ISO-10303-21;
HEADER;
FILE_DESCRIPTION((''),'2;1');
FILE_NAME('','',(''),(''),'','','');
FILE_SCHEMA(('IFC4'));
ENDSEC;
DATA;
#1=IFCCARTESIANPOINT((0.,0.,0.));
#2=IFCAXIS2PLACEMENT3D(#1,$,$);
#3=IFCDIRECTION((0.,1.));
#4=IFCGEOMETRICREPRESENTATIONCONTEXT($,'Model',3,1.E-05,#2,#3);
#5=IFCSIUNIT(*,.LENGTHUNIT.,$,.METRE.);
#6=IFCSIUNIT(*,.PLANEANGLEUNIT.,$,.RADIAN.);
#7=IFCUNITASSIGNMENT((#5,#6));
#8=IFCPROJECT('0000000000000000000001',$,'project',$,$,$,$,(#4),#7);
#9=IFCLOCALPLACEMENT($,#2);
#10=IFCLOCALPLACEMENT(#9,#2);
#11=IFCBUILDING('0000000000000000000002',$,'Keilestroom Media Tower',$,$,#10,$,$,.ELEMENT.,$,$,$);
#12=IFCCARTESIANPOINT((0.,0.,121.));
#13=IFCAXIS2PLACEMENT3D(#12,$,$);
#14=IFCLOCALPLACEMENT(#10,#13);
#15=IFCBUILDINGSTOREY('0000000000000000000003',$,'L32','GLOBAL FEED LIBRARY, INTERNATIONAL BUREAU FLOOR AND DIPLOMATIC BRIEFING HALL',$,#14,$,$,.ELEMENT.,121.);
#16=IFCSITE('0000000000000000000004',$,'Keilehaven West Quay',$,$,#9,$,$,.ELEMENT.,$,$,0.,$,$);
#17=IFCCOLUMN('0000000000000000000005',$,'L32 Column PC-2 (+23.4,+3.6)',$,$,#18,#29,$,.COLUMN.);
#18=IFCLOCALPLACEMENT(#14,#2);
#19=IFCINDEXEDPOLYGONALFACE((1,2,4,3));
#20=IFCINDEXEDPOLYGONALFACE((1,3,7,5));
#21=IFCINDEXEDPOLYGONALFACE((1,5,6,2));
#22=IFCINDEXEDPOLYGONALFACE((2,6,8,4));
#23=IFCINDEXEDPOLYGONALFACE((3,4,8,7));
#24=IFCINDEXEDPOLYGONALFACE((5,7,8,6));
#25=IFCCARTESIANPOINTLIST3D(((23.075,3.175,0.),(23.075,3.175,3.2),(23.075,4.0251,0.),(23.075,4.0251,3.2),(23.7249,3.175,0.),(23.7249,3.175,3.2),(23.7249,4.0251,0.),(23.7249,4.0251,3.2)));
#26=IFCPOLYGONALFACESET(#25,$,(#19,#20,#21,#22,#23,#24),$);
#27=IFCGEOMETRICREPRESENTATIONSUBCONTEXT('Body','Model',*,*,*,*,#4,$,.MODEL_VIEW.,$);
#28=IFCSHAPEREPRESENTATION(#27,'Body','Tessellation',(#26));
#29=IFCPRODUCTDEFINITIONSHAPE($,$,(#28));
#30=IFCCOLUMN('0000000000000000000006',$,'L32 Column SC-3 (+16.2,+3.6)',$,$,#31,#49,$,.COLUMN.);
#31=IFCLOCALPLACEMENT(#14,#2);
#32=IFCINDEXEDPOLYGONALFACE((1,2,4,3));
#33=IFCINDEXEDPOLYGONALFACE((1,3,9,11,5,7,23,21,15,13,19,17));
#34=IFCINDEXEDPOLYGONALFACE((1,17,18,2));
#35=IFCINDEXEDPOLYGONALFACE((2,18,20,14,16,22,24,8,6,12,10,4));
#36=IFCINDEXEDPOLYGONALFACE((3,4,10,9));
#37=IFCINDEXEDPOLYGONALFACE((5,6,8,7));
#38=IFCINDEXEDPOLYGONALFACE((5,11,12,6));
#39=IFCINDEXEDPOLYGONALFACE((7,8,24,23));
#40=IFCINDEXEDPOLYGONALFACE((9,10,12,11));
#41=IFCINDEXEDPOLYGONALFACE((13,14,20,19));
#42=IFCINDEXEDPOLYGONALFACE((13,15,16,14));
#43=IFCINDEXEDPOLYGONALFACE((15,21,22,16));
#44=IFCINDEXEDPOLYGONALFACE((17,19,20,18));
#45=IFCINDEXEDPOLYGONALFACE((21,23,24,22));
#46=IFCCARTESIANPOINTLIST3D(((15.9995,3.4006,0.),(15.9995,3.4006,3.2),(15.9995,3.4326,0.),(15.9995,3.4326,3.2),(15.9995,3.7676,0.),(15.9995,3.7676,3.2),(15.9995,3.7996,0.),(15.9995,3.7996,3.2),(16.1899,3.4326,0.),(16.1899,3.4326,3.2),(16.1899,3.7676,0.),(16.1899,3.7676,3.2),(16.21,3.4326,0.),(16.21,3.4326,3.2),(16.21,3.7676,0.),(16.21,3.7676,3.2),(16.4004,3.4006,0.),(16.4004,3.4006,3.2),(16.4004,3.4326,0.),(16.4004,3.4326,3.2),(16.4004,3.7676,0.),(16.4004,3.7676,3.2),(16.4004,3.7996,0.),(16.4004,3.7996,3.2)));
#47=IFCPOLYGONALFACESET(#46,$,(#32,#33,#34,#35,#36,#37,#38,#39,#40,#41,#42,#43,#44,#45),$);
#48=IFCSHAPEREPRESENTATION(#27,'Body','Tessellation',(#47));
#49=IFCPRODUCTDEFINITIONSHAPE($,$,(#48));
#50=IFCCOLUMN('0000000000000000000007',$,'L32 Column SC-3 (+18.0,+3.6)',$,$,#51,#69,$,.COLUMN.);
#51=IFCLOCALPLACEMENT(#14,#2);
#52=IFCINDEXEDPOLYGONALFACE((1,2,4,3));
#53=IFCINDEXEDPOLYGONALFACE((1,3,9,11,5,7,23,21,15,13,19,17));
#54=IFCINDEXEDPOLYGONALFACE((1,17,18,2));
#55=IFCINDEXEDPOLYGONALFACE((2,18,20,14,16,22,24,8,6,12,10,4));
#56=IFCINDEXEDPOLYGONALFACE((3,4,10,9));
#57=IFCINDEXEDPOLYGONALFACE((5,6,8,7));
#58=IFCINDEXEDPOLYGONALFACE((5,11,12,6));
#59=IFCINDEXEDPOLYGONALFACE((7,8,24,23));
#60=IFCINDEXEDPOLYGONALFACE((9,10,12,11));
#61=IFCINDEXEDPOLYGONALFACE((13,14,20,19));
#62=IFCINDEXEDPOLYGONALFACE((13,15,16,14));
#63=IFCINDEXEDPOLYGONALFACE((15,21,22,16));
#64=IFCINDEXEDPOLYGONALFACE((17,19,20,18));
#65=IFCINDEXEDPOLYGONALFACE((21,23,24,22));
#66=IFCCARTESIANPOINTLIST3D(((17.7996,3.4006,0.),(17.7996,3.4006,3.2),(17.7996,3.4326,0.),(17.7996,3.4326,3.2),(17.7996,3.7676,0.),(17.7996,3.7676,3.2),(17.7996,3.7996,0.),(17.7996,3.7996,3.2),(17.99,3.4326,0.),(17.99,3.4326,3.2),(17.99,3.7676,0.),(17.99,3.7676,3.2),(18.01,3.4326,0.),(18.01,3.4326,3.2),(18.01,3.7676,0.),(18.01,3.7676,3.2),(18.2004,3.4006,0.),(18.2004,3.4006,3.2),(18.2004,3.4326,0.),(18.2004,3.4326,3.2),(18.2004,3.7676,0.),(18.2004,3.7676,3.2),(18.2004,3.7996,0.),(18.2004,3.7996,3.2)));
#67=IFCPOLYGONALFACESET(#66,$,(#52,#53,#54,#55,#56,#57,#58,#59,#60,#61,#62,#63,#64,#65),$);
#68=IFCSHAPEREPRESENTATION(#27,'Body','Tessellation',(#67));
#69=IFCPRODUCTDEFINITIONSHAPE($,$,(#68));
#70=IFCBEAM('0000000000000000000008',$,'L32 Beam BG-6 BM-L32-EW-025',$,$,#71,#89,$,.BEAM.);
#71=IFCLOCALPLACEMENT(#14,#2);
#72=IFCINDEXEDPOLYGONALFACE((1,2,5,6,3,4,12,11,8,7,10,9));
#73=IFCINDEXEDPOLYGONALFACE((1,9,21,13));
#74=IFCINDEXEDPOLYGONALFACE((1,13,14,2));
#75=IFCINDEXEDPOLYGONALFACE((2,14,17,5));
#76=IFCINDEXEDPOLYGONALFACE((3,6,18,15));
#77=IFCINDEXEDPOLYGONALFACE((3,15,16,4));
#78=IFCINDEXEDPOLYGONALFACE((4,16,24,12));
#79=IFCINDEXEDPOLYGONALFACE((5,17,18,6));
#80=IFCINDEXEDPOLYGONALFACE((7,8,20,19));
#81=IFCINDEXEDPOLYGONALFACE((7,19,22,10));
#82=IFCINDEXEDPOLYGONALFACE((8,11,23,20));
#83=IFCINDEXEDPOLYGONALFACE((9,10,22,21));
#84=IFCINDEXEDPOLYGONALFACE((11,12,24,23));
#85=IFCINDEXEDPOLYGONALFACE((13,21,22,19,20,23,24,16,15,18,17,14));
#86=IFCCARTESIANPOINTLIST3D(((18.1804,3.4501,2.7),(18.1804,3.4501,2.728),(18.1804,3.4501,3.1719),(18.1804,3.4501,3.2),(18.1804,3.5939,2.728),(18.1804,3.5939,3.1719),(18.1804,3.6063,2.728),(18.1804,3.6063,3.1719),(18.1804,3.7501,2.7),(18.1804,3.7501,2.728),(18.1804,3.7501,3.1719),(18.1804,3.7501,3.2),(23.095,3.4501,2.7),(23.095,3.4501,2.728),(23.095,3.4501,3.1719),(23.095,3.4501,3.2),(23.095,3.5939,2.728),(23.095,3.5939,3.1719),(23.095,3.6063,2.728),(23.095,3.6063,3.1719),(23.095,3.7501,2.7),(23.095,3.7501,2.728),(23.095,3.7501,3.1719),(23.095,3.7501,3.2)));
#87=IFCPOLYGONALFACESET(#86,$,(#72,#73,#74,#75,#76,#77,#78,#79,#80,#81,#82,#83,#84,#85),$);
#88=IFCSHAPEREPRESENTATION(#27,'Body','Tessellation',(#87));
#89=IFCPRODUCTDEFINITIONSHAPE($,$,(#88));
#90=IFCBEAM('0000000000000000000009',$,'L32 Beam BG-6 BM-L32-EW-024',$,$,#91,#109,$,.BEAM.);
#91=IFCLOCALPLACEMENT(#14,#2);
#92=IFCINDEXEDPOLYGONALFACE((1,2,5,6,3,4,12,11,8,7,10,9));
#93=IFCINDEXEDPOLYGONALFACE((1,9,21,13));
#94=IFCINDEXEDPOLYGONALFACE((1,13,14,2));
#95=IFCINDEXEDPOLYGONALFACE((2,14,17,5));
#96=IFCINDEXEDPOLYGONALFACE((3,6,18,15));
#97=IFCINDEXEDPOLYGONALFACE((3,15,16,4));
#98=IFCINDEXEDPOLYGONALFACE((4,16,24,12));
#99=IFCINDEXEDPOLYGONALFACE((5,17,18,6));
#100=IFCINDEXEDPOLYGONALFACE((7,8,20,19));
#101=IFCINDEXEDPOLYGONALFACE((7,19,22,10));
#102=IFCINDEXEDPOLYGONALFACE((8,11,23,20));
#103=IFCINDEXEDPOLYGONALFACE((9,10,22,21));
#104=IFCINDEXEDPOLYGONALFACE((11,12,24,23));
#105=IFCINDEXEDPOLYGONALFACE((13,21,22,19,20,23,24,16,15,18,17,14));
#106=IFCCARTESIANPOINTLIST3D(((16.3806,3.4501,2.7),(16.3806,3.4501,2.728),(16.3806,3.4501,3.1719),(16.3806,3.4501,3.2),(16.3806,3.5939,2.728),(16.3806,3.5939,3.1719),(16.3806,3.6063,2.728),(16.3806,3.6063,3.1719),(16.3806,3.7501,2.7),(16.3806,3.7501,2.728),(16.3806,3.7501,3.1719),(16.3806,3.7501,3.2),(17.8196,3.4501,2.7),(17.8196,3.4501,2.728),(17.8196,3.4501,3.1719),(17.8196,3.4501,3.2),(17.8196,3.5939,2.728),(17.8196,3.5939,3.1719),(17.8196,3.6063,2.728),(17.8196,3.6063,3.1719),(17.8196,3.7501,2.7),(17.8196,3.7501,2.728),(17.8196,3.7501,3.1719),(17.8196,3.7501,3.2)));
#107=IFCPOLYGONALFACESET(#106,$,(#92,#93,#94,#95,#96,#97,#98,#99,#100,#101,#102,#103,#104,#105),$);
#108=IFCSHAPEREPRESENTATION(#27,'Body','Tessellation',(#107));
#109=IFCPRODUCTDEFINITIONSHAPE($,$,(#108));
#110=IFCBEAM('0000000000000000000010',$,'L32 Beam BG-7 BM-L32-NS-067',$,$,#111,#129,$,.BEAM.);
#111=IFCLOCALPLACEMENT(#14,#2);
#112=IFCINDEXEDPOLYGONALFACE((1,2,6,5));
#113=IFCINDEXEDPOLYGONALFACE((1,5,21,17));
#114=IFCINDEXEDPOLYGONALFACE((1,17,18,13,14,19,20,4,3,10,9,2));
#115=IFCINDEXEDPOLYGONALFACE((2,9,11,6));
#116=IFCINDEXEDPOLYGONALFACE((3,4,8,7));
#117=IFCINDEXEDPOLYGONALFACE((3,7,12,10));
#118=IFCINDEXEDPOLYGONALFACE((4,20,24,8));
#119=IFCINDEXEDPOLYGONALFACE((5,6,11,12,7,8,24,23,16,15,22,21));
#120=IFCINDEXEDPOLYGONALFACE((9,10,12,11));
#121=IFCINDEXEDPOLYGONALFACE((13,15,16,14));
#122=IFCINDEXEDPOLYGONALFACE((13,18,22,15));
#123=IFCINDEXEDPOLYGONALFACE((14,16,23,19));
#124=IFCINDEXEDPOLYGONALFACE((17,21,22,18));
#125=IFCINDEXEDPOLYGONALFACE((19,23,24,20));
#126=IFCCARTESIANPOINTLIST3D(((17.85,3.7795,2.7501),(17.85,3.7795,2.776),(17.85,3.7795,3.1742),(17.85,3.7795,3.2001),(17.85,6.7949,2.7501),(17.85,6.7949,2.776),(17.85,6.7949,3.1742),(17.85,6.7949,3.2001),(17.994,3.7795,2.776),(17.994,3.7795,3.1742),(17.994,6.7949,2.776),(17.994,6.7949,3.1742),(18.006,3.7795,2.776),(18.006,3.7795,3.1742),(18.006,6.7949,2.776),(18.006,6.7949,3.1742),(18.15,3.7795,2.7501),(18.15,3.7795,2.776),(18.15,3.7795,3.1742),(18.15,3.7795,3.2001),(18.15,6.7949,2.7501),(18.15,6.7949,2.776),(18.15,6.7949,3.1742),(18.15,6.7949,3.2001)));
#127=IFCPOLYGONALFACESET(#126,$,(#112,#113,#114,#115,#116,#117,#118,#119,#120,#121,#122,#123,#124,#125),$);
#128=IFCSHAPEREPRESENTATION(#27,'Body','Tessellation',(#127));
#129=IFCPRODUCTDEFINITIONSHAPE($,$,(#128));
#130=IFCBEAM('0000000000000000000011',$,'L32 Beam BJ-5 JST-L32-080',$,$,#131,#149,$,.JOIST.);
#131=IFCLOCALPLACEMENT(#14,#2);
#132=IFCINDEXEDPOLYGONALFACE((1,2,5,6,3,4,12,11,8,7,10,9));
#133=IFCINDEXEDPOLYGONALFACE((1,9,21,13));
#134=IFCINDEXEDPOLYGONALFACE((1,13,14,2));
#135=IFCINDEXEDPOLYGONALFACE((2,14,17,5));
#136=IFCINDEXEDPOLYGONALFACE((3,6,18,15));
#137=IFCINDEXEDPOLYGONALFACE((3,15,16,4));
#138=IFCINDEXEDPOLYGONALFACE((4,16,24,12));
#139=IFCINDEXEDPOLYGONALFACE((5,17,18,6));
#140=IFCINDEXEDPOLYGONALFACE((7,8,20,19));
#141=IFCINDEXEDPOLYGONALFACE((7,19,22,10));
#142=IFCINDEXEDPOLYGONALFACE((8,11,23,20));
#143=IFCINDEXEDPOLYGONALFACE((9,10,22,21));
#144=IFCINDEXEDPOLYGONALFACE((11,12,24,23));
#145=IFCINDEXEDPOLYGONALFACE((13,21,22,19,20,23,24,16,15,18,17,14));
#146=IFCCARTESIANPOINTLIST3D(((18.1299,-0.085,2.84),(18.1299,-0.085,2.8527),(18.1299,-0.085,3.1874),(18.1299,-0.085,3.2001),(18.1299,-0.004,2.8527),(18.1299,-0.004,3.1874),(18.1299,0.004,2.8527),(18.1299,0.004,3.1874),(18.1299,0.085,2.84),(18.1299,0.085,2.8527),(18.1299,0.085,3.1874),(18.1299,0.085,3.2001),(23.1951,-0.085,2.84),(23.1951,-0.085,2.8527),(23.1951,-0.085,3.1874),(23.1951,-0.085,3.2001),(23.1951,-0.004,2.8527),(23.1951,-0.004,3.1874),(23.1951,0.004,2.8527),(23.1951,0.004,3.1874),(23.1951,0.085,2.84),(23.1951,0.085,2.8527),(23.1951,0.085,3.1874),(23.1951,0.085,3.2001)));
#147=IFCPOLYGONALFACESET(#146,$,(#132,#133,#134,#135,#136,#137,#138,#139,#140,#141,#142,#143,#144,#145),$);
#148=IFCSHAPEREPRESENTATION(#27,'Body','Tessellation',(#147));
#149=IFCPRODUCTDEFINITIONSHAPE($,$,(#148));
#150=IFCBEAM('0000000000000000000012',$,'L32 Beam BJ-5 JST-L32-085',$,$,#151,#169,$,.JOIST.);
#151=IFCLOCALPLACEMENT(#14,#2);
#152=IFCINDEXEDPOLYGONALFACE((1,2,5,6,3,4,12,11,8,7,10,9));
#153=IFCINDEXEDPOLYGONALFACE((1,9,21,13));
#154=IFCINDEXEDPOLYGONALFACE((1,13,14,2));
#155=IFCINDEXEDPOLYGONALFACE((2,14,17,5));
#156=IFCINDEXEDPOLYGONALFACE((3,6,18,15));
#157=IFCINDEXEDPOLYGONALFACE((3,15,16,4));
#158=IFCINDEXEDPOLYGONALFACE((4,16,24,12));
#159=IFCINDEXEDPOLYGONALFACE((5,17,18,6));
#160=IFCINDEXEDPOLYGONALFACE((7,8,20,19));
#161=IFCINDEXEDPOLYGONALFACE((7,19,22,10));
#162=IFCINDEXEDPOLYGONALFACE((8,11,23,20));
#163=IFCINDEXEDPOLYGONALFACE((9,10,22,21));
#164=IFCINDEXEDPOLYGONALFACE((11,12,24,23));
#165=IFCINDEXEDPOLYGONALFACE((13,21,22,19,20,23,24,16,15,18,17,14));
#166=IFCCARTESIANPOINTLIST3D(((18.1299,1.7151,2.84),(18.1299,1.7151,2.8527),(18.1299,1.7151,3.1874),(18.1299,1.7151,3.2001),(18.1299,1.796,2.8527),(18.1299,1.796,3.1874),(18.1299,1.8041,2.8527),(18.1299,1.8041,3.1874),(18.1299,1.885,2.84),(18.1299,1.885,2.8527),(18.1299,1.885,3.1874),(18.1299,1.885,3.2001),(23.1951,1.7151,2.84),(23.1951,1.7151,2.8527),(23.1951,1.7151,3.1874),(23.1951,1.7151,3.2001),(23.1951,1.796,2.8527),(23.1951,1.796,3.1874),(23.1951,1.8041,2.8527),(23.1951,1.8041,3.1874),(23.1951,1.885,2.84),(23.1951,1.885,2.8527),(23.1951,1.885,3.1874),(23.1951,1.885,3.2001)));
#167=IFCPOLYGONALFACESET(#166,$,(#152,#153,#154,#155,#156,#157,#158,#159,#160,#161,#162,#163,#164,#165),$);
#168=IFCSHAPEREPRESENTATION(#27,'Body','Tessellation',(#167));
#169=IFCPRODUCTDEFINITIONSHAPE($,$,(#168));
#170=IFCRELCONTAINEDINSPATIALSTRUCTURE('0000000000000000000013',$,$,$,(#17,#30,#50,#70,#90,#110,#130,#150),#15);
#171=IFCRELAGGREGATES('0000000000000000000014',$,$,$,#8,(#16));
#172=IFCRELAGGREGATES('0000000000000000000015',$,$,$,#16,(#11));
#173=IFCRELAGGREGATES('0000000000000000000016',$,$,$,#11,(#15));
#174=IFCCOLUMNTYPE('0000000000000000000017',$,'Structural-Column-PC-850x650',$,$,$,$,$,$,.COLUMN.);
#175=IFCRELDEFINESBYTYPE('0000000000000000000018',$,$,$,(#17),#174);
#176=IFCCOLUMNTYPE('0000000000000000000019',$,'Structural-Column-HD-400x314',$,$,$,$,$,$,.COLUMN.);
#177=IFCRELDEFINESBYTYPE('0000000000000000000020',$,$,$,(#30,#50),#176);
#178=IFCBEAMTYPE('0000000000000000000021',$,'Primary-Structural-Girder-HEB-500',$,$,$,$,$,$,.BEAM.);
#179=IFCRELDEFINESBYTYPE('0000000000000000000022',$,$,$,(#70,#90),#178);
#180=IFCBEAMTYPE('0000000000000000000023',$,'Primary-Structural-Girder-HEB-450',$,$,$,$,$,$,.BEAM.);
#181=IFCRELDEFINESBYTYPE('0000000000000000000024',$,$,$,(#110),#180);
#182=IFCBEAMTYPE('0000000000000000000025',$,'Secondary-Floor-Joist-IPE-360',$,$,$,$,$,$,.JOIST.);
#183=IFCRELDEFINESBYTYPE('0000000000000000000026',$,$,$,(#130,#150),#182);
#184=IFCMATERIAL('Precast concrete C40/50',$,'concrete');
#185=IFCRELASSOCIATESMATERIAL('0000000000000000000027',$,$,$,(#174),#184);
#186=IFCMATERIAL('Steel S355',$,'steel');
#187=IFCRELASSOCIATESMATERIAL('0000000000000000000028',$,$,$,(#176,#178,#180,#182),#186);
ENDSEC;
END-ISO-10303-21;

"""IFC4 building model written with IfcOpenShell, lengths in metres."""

from ifc_helpers import new_model, si_unit, direction, frame, origin, origin_2d, place, context, subcontext, project, spatial, rectangle, i_section, extrude, source, transform, mapped, material, material_profile, profile_set, type_object, element, save


model = new_model("IFC4")

# Units and contexts
model_context = context("Model", 3, precision=1e-05, world=origin(), true_north=direction((0.0, 1.0)))
body_context = subcontext(model_context, "Body", "Model", "MODEL_VIEW")
ifc_project = project(units=[si_unit("LENGTHUNIT", "METRE"), si_unit("PLANEANGLEUNIT", "RADIAN")], contexts=[model_context])

# Site, building, storey
site_placement = place(None, origin())
site = spatial("IfcSite", under=ifc_project, at=site_placement, Name="Keilehaven West Quay", CompositionType="ELEMENT", RefElevation=0.0)
building_placement = place(site_placement, origin())
building = spatial("IfcBuilding", under=site, at=building_placement, Name="Keilestroom Media Tower", CompositionType="ELEMENT")
storey_placement = place(building_placement, frame((0.0, 0.0, 121.0)))
storey = spatial("IfcBuildingStorey", under=building, at=storey_placement, Name="L32", Description="GLOBAL FEED LIBRARY, INTERNATIONAL BUREAU FLOOR AND DIPLOMATIC BRIEFING HALL", CompositionType="ELEMENT", Elevation=121.0)

# Columns
ifc_material_1 = material(Name="Precast concrete C40/50", Category="concrete")
ifc_material_profile_1 = material_profile(ifc_material_1, rectangle(XDim=0.6499, YDim=0.8501, at=origin_2d()), Name="PC 850x650")
ifc_profile_set_1 = profile_set([ifc_material_profile_1], Name="Precast concrete C40/50")
column_type_1 = type_object("IfcColumnType", Name="Structural-Column-PC-850x650", PredefinedType="COLUMN", material=ifc_profile_set_1)
shared_shape_1 = source(origin(), body_context, "Body", "SweptSolid", [
    extrude(rectangle(XDim=0.6499, YDim=0.8501, at=origin_2d()), origin(), (0.0, 0.0, 1.0), 3.2),
])
column_placement = place(storey_placement, frame((23.3999, 3.6001, 0.0), z_axis=(0.0, 0.0, 1.0), x_axis=(1.0, 0.0, 0.0)))
element("IfcColumn", 1, at=column_placement, inside=storey, type_object=column_type_1, Name="L32 Column PC-2 (+23.4,+3.6)", PredefinedType="COLUMN", context=body_context, shape_type="MappedRepresentation", body=[
    mapped(shared_shape_1, transform((0.0, 0.0, 0.0), x_axis=(1.0, 0.0, 0.0), y_axis=(0.0, 1.0, 0.0), z_axis=(0.0, 0.0, 1.0), scale=1.0)),
])
ifc_material_2 = material(Name="Steel S355", Category="steel")
ifc_material_profile_2 = material_profile(ifc_material_2, i_section(OverallWidth=0.4009, OverallDepth=0.3989, WebThickness=0.02, FlangeThickness=0.032, at=origin_2d()), Name="HD 400x314")
ifc_profile_set_2 = profile_set([ifc_material_profile_2], Name="Steel S355")
column_type_2 = type_object("IfcColumnType", Name="Structural-Column-HD-400x314", PredefinedType="COLUMN", material=ifc_profile_set_2)
shared_shape_2 = source(origin(), body_context, "Body", "SweptSolid", [
    extrude(i_section(OverallWidth=0.4009, OverallDepth=0.3989, WebThickness=0.02, FlangeThickness=0.032, at=origin_2d()), origin(), (0.0, 0.0, 1.0), 3.2),
])
for number, where, z_axis, x_axis, name in (
    (2, (16.2, 3.6001, 0.0), (0.0, 0.0, 1.0), (1.0, 0.0, 0.0), "L32 Column SC-3 (+16.2,+3.6)"),
    (3, (18.0, 3.6001, 0.0), (0.0, 0.0, 1.0), (1.0, 0.0, 0.0), "L32 Column SC-3 (+18.0,+3.6)"),
):
    element("IfcColumn", number, at=place(storey_placement, frame(where, z_axis=z_axis, x_axis=x_axis)), inside=storey, type_object=column_type_2, Name=name, PredefinedType="COLUMN", context=body_context, shape_type="MappedRepresentation", body=[
        mapped(shared_shape_2, transform((0.0, 0.0, 0.0), x_axis=(1.0, 0.0, 0.0), y_axis=(0.0, 1.0, 0.0), z_axis=(0.0, 0.0, 1.0), scale=1.0)),
    ])

# Beams
ifc_material_profile_3 = material_profile(ifc_material_2, i_section(OverallWidth=0.3, OverallDepth=0.5, WebThickness=0.0125, FlangeThickness=0.0281, at=origin_2d()), Name="HEB 500")
ifc_profile_set_3 = profile_set([ifc_material_profile_3], Name="Steel S355")
beam_type_1 = type_object("IfcBeamType", Name="Primary-Structural-Girder-HEB-500", PredefinedType="BEAM", material=ifc_profile_set_3)
shared_shape_3 = source(origin(), body_context, "Body", "SweptSolid", [
    extrude(i_section(OverallWidth=0.3, OverallDepth=0.5, WebThickness=0.0125, FlangeThickness=0.0281, at=origin_2d()), origin(), (0.0, 0.0, 1.0), 4.9146),
])
beam_1_placement = place(storey_placement, frame((18.1804, 3.6001, 2.95), z_axis=(1.0, 0.0, 0.0), x_axis=(0.0, 1.0, 0.0)))
element("IfcBeam", 4, at=beam_1_placement, inside=storey, type_object=beam_type_1, Name="L32 Beam BG-6 BM-L32-EW-025", PredefinedType="BEAM", context=body_context, shape_type="MappedRepresentation", body=[
    mapped(shared_shape_3, transform((0.0, 0.0, 0.0), x_axis=(1.0, 0.0, 0.0), y_axis=(0.0, 1.0, 0.0), z_axis=(0.0, 0.0, 1.0), scale=1.0)),
])
shared_shape_4 = source(origin(), body_context, "Body", "SweptSolid", [
    extrude(i_section(OverallWidth=0.3, OverallDepth=0.5, WebThickness=0.0125, FlangeThickness=0.0281, at=origin_2d()), origin(), (0.0, 0.0, 1.0), 1.439),
])
beam_2_placement = place(storey_placement, frame((16.3806, 3.6001, 2.95), z_axis=(1.0, 0.0, 0.0), x_axis=(0.0, 1.0, 0.0)))
element("IfcBeam", 5, at=beam_2_placement, inside=storey, type_object=beam_type_1, Name="L32 Beam BG-6 BM-L32-EW-024", PredefinedType="BEAM", context=body_context, shape_type="MappedRepresentation", body=[
    mapped(shared_shape_4, transform((0.0, 0.0, 0.0), x_axis=(1.0, 0.0, 0.0), y_axis=(0.0, 1.0, 0.0), z_axis=(0.0, 0.0, 1.0), scale=1.0)),
])
ifc_material_profile_4 = material_profile(ifc_material_2, i_section(OverallWidth=0.3, OverallDepth=0.45, WebThickness=0.012, FlangeThickness=0.0259, at=origin_2d()), Name="HEB 450")
ifc_profile_set_4 = profile_set([ifc_material_profile_4], Name="Steel S355")
beam_type_2 = type_object("IfcBeamType", Name="Primary-Structural-Girder-HEB-450", PredefinedType="BEAM", material=ifc_profile_set_4)
shared_shape_5 = source(origin(), body_context, "Body", "SweptSolid", [
    extrude(i_section(OverallWidth=0.3, OverallDepth=0.45, WebThickness=0.012, FlangeThickness=0.0259, at=origin_2d()), origin(), (0.0, 0.0, 1.0), 3.0154),
])
beam_3_placement = place(storey_placement, frame((18.0, 3.7795, 2.9751), z_axis=(0.0, 1.0, 0.0), x_axis=(-1.0, 0.0, 0.0)))
element("IfcBeam", 6, at=beam_3_placement, inside=storey, type_object=beam_type_2, Name="L32 Beam BG-7 BM-L32-NS-067", PredefinedType="BEAM", context=body_context, shape_type="MappedRepresentation", body=[
    mapped(shared_shape_5, transform((0.0, 0.0, 0.0), x_axis=(1.0, 0.0, 0.0), y_axis=(0.0, 1.0, 0.0), z_axis=(0.0, 0.0, 1.0), scale=1.0)),
])
ifc_material_profile_5 = material_profile(ifc_material_2, i_section(OverallWidth=0.1699, OverallDepth=0.3601, WebThickness=0.0081, FlangeThickness=0.0127, at=origin_2d()), Name="IPE 360")
ifc_profile_set_5 = profile_set([ifc_material_profile_5], Name="Steel S355")
beam_type_3 = type_object("IfcBeamType", Name="Secondary-Floor-Joist-IPE-360", PredefinedType="JOIST", material=ifc_profile_set_5)
shared_shape_6 = source(origin(), body_context, "Body", "SweptSolid", [
    extrude(i_section(OverallWidth=0.1699, OverallDepth=0.3601, WebThickness=0.0081, FlangeThickness=0.0127, at=origin_2d()), origin(), (0.0, 0.0, 1.0), 5.0652),
])
for number, where, z_axis, x_axis, name in (
    (7, (18.1299, 0.0, 3.02), (1.0, 0.0, 0.0), (0.0, 1.0, 0.0), "L32 Beam BJ-5 JST-L32-080"),
    (8, (18.1299, 1.8, 3.02), (1.0, 0.0, 0.0), (0.0, 1.0, 0.0), "L32 Beam BJ-5 JST-L32-085"),
):
    element("IfcBeam", number, at=place(storey_placement, frame(where, z_axis=z_axis, x_axis=x_axis)), inside=storey, type_object=beam_type_3, Name=name, PredefinedType="JOIST", context=body_context, shape_type="MappedRepresentation", body=[
        mapped(shared_shape_6, transform((0.0, 0.0, 0.0), x_axis=(1.0, 0.0, 0.0), y_axis=(0.0, 1.0, 0.0), z_axis=(0.0, 0.0, 1.0), scale=1.0)),
    ])

save(model, "model.ifc")
